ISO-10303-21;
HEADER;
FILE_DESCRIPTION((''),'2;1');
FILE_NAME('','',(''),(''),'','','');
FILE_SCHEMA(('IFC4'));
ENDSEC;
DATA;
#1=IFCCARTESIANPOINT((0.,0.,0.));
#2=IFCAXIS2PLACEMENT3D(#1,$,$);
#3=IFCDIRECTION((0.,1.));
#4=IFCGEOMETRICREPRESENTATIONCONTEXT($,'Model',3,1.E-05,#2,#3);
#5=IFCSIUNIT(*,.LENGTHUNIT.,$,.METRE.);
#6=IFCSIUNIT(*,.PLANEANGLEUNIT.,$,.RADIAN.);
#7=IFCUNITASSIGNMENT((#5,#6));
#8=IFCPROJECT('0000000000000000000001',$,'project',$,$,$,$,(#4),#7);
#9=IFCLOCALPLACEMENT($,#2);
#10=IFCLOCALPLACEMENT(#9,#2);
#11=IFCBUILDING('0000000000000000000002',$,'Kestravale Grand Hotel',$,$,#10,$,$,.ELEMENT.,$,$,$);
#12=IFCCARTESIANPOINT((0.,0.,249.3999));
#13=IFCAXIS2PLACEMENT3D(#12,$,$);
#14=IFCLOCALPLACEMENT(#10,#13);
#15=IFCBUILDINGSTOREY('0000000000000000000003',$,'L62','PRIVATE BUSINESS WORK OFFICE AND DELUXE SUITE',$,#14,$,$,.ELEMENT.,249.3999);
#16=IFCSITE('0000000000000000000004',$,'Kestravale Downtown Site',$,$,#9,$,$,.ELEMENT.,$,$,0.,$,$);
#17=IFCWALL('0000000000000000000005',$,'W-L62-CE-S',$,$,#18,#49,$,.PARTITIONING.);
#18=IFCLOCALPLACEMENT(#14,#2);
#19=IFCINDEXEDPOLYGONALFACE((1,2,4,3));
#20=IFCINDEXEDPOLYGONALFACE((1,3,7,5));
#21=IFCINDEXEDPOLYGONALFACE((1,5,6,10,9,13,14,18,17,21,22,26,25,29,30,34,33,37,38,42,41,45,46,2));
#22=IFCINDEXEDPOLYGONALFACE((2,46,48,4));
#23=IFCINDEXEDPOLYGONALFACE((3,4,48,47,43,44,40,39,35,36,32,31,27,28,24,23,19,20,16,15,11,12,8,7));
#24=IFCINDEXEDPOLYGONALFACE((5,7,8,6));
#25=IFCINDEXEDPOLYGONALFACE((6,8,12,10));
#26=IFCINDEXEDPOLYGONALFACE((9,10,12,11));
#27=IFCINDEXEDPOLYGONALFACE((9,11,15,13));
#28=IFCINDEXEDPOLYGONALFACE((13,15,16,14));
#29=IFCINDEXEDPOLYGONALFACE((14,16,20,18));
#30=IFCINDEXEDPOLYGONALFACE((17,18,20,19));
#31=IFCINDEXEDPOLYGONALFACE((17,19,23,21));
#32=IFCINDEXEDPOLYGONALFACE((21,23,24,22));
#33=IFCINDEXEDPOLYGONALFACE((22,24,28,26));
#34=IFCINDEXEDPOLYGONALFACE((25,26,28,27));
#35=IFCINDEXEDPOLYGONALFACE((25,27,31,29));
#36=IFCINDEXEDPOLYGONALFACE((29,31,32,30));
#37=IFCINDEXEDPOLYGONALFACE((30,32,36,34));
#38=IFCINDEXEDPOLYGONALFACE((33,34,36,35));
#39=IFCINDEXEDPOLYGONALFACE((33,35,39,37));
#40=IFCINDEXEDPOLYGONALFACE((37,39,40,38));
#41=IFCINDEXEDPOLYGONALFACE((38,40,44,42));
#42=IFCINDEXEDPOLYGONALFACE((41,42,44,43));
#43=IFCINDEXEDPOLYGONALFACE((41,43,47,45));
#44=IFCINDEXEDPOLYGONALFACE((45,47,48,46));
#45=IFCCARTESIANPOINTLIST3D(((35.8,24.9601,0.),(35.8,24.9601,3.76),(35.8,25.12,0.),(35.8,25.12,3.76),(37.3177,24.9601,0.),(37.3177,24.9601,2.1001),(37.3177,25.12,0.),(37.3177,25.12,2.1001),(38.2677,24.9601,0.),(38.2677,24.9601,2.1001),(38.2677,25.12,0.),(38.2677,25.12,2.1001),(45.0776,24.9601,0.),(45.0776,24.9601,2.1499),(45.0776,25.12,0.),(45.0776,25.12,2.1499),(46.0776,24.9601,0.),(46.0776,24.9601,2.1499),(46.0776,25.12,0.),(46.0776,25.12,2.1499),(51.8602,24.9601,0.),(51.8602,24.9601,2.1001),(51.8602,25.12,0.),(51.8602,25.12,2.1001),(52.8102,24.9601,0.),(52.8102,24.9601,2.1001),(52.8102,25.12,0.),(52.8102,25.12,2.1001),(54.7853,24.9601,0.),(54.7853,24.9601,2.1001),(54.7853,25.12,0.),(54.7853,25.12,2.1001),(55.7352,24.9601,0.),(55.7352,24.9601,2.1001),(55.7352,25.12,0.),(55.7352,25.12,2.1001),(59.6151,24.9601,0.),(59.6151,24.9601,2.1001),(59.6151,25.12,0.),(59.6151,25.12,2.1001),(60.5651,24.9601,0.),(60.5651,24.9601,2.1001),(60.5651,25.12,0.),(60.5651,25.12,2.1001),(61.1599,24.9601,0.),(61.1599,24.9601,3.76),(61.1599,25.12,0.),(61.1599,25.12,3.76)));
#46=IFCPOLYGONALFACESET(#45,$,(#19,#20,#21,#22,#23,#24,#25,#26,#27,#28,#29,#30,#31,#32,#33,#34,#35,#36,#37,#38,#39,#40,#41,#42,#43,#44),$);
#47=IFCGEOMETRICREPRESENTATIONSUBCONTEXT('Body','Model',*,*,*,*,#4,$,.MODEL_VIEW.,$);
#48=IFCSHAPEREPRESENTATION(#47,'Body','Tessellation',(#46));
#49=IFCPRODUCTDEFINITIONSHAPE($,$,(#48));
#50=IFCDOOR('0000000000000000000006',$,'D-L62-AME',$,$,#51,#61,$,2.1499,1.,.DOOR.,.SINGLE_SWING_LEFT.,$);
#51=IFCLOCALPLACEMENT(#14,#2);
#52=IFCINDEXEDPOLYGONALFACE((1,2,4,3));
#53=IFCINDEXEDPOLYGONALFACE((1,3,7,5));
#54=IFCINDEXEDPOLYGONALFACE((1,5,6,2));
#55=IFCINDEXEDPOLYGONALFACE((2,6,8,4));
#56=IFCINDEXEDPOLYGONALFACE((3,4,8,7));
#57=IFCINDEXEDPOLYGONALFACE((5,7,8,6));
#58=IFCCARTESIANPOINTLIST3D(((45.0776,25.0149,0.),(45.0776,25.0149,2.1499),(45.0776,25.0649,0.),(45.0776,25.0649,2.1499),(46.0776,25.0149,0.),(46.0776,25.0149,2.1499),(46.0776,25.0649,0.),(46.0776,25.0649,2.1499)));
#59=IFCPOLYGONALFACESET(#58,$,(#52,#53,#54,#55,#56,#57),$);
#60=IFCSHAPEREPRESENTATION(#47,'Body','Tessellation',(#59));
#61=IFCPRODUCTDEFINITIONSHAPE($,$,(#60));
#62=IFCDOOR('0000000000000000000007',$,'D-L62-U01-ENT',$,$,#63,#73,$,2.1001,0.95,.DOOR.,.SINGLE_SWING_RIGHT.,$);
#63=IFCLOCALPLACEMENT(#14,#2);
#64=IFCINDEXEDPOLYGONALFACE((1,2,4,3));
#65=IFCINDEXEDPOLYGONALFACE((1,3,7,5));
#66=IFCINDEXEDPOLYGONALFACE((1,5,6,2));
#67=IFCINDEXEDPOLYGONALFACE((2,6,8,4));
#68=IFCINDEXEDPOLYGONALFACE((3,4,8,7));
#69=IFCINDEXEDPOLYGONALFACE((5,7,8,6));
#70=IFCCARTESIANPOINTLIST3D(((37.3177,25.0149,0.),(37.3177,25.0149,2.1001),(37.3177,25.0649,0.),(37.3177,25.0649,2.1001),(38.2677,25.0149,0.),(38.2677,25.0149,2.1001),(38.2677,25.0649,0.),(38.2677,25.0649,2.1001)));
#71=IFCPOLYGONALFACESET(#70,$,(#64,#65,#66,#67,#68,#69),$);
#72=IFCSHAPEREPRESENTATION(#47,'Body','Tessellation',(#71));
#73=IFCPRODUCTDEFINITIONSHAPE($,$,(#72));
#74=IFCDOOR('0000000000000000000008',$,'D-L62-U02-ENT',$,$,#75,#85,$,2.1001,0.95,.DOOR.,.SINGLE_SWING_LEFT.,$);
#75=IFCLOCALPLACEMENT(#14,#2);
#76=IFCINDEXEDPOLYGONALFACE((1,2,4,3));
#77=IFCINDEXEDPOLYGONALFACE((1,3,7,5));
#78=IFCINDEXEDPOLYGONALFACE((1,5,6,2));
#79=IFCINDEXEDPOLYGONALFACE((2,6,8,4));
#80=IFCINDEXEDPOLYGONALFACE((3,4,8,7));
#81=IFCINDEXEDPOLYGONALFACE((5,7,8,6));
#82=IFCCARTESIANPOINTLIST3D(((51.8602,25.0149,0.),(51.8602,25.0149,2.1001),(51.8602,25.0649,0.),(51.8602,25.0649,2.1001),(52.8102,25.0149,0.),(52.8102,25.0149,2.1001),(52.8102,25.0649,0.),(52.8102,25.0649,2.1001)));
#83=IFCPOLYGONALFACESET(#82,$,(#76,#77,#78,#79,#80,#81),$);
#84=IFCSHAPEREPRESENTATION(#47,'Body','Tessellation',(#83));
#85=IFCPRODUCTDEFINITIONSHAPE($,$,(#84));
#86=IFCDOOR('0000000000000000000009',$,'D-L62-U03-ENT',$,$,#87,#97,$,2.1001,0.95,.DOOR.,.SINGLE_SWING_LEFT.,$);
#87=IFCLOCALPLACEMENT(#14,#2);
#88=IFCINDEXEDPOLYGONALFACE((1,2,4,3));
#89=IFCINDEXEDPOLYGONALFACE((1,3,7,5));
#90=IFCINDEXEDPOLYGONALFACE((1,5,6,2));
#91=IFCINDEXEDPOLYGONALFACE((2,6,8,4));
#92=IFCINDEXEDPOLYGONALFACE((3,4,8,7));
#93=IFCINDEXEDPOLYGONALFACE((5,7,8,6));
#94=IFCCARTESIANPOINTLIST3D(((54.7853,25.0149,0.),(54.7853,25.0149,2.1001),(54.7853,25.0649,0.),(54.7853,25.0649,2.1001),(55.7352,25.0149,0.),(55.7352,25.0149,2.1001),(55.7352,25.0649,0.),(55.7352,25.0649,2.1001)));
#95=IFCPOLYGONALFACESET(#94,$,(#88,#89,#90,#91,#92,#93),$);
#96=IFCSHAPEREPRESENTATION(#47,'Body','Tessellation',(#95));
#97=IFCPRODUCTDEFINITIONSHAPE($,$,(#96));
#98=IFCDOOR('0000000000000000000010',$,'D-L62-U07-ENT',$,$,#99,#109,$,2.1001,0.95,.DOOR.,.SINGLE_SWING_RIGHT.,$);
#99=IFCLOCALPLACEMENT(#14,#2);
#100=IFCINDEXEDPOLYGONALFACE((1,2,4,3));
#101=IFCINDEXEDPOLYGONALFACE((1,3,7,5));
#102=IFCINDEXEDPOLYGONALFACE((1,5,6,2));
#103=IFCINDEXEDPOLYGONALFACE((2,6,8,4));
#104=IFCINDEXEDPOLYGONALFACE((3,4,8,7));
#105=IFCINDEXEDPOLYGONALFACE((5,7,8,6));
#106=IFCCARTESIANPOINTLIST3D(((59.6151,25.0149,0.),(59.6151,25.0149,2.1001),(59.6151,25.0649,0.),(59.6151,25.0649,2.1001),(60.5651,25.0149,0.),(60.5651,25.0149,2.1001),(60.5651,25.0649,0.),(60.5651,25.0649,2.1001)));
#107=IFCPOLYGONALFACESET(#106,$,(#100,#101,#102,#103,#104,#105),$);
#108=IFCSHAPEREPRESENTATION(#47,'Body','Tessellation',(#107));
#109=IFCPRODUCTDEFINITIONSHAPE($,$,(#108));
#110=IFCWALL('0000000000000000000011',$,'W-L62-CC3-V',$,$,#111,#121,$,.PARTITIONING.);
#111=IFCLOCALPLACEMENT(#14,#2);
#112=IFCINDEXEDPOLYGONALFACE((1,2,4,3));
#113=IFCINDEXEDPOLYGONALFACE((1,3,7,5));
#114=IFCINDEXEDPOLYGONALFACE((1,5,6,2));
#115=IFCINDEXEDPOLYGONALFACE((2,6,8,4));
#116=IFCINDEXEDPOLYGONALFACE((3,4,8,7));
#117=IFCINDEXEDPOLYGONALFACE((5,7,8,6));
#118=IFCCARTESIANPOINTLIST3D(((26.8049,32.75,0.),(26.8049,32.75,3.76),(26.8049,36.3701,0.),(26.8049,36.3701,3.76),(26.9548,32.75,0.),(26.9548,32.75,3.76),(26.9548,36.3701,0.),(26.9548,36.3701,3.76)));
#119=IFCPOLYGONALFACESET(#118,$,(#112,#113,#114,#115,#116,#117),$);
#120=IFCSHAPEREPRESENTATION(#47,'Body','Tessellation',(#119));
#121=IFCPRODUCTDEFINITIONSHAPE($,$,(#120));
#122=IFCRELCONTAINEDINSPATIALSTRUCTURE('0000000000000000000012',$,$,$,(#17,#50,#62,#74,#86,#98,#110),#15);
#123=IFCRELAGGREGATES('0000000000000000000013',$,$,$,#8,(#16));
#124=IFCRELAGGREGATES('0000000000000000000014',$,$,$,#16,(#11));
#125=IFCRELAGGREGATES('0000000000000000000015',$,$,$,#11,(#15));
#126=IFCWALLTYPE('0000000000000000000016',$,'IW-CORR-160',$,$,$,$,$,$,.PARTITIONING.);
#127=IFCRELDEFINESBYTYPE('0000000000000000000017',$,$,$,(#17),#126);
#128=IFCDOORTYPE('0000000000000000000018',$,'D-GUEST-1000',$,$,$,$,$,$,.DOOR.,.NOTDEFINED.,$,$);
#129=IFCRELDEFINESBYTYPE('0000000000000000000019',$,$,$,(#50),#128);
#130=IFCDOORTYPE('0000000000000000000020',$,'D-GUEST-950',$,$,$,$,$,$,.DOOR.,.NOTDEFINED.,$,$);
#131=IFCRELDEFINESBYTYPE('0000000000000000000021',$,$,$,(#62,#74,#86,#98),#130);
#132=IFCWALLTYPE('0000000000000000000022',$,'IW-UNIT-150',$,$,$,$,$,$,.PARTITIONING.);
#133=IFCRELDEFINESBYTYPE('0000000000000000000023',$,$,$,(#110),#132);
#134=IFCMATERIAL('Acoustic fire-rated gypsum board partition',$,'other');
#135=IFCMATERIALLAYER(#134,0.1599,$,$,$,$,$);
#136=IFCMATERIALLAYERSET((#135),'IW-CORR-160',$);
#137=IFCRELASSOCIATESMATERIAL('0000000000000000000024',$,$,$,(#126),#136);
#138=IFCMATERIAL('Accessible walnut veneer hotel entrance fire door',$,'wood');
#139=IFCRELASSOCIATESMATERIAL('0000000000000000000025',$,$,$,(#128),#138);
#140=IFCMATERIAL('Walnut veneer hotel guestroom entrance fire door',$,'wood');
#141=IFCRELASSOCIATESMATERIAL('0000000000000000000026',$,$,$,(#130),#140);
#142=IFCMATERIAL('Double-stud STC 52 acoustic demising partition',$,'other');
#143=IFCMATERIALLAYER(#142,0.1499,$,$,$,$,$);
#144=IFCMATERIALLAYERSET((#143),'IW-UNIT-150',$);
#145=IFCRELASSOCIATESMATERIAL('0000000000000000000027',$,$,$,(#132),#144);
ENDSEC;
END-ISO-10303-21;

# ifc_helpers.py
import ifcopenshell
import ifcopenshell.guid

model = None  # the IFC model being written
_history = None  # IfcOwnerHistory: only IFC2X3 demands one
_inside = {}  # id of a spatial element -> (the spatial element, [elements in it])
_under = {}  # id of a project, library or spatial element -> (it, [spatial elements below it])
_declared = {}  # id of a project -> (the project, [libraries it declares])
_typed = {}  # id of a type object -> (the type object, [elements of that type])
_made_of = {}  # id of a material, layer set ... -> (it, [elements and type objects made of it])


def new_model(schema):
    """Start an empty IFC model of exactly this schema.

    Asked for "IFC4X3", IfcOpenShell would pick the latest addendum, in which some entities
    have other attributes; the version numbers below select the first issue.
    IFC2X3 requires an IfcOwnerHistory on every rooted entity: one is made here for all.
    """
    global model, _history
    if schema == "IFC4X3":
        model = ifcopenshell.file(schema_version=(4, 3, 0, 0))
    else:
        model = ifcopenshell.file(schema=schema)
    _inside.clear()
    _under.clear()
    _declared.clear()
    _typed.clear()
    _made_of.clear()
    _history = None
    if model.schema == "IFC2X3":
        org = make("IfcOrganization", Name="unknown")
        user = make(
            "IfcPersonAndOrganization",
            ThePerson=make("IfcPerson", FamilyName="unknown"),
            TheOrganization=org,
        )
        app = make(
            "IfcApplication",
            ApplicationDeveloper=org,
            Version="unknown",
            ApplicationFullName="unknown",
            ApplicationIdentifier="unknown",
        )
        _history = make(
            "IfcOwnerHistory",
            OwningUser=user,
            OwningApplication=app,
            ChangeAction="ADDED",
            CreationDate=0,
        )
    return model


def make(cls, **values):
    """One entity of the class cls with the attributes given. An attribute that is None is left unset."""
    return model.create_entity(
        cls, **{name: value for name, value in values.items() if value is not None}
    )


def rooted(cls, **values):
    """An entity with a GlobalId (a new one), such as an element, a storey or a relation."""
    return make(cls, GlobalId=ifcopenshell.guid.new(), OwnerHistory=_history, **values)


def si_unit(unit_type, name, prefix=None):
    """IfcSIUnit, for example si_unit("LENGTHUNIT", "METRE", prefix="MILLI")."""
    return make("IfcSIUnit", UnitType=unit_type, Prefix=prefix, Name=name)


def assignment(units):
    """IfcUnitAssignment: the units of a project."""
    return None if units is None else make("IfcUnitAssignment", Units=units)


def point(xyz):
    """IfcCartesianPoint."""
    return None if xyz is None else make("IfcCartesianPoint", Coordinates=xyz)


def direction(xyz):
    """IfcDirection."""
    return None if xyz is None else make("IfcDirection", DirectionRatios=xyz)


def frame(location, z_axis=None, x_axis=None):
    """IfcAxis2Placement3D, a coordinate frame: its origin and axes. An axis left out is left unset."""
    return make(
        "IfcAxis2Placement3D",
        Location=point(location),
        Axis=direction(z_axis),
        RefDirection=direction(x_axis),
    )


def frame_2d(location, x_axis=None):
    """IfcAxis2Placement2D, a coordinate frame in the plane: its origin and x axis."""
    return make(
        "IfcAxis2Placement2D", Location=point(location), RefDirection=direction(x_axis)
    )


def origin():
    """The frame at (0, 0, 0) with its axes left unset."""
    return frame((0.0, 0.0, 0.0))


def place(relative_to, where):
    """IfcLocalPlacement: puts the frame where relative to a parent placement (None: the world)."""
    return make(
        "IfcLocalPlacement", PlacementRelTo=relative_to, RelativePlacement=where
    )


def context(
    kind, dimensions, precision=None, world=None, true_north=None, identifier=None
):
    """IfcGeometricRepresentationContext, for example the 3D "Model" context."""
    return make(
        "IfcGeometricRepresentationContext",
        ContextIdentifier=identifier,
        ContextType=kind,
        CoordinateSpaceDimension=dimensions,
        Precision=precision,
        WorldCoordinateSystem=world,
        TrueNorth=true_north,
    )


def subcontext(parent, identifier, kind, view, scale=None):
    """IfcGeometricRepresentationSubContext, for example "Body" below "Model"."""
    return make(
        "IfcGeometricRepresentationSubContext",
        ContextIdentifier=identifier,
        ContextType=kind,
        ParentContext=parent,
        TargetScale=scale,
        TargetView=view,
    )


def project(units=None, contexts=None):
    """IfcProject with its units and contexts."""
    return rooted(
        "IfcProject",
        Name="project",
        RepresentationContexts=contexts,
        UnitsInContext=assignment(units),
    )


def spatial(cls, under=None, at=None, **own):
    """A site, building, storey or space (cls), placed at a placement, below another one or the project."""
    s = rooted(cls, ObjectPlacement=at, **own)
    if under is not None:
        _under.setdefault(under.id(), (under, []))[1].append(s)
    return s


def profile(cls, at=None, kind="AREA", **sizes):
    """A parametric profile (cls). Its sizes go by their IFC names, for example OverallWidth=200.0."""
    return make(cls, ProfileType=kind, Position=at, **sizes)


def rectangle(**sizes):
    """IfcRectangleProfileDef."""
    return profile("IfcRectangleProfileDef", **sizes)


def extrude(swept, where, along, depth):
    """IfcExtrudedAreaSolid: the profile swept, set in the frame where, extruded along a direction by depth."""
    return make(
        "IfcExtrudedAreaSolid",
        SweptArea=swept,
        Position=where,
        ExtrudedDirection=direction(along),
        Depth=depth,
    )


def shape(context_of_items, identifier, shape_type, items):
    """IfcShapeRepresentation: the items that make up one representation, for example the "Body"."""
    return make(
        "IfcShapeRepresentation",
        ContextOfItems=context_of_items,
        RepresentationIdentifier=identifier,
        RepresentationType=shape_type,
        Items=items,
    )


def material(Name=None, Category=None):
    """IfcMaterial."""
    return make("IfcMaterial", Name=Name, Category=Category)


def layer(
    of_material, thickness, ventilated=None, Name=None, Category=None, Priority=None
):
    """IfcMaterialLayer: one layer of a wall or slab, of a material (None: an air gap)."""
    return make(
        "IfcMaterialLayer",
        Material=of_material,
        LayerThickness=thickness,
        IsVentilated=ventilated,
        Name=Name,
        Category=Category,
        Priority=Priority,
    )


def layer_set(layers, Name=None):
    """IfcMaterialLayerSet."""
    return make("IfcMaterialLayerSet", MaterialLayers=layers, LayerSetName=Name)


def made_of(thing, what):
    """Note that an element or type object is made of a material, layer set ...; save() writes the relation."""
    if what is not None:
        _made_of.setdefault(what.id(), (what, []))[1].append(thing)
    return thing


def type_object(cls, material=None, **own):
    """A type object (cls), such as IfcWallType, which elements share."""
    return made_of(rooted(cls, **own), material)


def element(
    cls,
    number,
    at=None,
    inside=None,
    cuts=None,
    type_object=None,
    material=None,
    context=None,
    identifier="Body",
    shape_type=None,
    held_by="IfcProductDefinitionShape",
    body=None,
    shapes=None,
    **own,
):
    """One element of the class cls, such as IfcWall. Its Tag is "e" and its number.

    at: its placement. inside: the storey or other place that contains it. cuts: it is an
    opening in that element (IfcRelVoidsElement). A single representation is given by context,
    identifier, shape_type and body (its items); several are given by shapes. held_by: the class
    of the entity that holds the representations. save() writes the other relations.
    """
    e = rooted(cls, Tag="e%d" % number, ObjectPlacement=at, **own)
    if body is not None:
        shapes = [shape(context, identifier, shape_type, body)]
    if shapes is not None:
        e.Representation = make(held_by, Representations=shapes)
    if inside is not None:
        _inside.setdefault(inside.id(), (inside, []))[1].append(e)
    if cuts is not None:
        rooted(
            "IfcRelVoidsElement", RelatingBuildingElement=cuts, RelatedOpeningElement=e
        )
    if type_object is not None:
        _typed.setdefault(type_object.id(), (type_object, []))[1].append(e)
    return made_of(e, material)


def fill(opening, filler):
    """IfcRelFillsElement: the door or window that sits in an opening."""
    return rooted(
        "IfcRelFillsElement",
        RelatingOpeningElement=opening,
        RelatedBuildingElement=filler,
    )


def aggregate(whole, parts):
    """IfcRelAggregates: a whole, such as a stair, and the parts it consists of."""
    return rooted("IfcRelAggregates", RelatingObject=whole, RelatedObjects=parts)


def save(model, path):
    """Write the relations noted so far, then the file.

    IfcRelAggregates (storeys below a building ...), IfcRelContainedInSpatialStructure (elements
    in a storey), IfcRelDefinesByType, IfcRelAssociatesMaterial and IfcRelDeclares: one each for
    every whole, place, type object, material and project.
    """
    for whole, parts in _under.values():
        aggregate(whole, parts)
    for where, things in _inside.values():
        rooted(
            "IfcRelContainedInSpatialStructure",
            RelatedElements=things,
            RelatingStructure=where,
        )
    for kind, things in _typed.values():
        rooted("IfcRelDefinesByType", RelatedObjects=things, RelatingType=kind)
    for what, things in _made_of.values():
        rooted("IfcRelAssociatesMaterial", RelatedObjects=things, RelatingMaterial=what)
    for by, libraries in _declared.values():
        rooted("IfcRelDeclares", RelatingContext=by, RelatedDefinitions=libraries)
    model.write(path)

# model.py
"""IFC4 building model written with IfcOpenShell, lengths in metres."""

from ifc_helpers import new_model, si_unit, direction, frame, frame_2d, origin, place, context, subcontext, project, spatial, rectangle, extrude, material, layer, layer_set, type_object, element, fill, save


model = new_model("IFC4")

# Units and contexts
model_context = context("Model", 3, precision=1e-05, world=origin(), true_north=direction((0.0, 1.0)))
body_context = subcontext(model_context, "Body", "Model", "MODEL_VIEW")
ifc_project = project(units=[si_unit("LENGTHUNIT", "METRE"), si_unit("PLANEANGLEUNIT", "RADIAN")], contexts=[model_context])

# Site, building, storey
site_placement = place(None, origin())
site = spatial("IfcSite", under=ifc_project, at=site_placement, Name="Kestravale Downtown Site", CompositionType="ELEMENT", RefElevation=0.0)
building_placement = place(site_placement, origin())
building = spatial("IfcBuilding", under=site, at=building_placement, Name="Kestravale Grand Hotel", CompositionType="ELEMENT")
storey_placement = place(building_placement, frame((0.0, 0.0, 249.3999)))
storey = spatial("IfcBuildingStorey", under=building, at=storey_placement, Name="L62", Description="PRIVATE BUSINESS WORK OFFICE AND DELUXE SUITE", CompositionType="ELEMENT", Elevation=249.3999)

# Shared definitions
ifc_material_1 = material(Name="Acoustic fire-rated gypsum board partition", Category="other")
ifc_layer_1 = layer(ifc_material_1, 0.1599)
ifc_layer_set_1 = layer_set([ifc_layer_1], Name="IW-CORR-160")
wall_type_1 = type_object("IfcWallType", Name="IW-CORR-160", PredefinedType="PARTITIONING", material=ifc_layer_set_1)

# Shared definitions
ifc_material_2 = material(Name="Accessible walnut veneer hotel entrance fire door", Category="wood")
door_type_1 = type_object("IfcDoorType", Name="D-GUEST-1000", OperationType="NOTDEFINED", PredefinedType="DOOR", material=ifc_material_2)

# Wall, openings, doors
wall_1_placement = place(storey_placement, frame((35.8, 25.04, 0.0), z_axis=(0.0, 0.0, 1.0), x_axis=(1.0, 0.0, 0.0)))
wall_1 = element("IfcWall", 1, at=wall_1_placement, inside=storey, type_object=wall_type_1, Name="W-L62-CE-S", PredefinedType="PARTITIONING", context=body_context, shape_type="SweptSolid", body=[
    extrude(rectangle(XDim=25.3599, YDim=0.1599, at=frame_2d((12.6799, 0.0))), origin(), (0.0, 0.0, 1.0), 3.76),
])
opening_1_placement = place(wall_1_placement, frame((1.5176, 0.0, 0.0)))
opening_1 = element("IfcOpeningElement", 2, at=opening_1_placement, cuts=wall_1, PredefinedType="OPENING", context=body_context, shape_type="SweptSolid", body=[
    extrude(rectangle(XDim=0.95, YDim=2.1001, at=frame_2d((0.4751, 1.05))), frame((0.0, 0.0898, 0.0), z_axis=(0.0, -1.0, 0.0), x_axis=(1.0, 0.0, 0.0)), (0.0, 0.0, 1.0), 0.1799),
])
opening_2_placement = place(wall_1_placement, frame((9.2776, 0.0, 0.0)))
opening_2 = element("IfcOpeningElement", 3, at=opening_2_placement, cuts=wall_1, PredefinedType="OPENING", context=body_context, shape_type="SweptSolid", body=[
    extrude(rectangle(XDim=1.0, YDim=2.1499, at=frame_2d((0.5, 1.075))), frame((0.0, 0.0898, 0.0), z_axis=(0.0, -1.0, 0.0), x_axis=(1.0, 0.0, 0.0)), (0.0, 0.0, 1.0), 0.1799),
])
opening_3_placement = place(wall_1_placement, frame((16.0601, 0.0, 0.0)))
opening_3 = element("IfcOpeningElement", 4, at=opening_3_placement, cuts=wall_1, PredefinedType="OPENING", context=body_context, shape_type="SweptSolid", body=[
    extrude(rectangle(XDim=0.95, YDim=2.1001, at=frame_2d((0.4751, 1.05))), frame((0.0, 0.0898, 0.0), z_axis=(0.0, -1.0, 0.0), x_axis=(1.0, 0.0, 0.0)), (0.0, 0.0, 1.0), 0.1799),
])
opening_4_placement = place(wall_1_placement, frame((18.9851, 0.0, 0.0)))
opening_4 = element("IfcOpeningElement", 5, at=opening_4_placement, cuts=wall_1, PredefinedType="OPENING", context=body_context, shape_type="SweptSolid", body=[
    extrude(rectangle(XDim=0.95, YDim=2.1001, at=frame_2d((0.4751, 1.05))), frame((0.0, 0.0898, 0.0), z_axis=(0.0, -1.0, 0.0), x_axis=(1.0, 0.0, 0.0)), (0.0, 0.0, 1.0), 0.1799),
])
opening_5_placement = place(wall_1_placement, frame((23.8149, 0.0, 0.0)))
opening_5 = element("IfcOpeningElement", 6, at=opening_5_placement, cuts=wall_1, PredefinedType="OPENING", context=body_context, shape_type="SweptSolid", body=[
    extrude(rectangle(XDim=0.95, YDim=2.1001, at=frame_2d((0.4751, 1.05))), frame((0.0, 0.0898, 0.0), z_axis=(0.0, -1.0, 0.0), x_axis=(1.0, 0.0, 0.0)), (0.0, 0.0, 1.0), 0.1799),
])
door_1_placement = place(opening_2_placement, origin())
door_1 = element("IfcDoor", 7, at=door_1_placement, inside=storey, type_object=door_type_1, Name="D-L62-AME", OperationType="SINGLE_SWING_LEFT", OverallHeight=2.1499, OverallWidth=1.0, PredefinedType="DOOR", context=body_context, shape_type="SweptSolid", body=[
    extrude(rectangle(XDim=1.0, YDim=2.1499, at=frame_2d((0.5, 1.075))), frame((0.0, 0.0249, 0.0), z_axis=(0.0, -1.0, 0.0), x_axis=(1.0, 0.0, 0.0)), (0.0, 0.0, 1.0), 0.05),
])
fill(opening_2, door_1)
ifc_material_3 = material(Name="Walnut veneer hotel guestroom entrance fire door", Category="wood")
door_type_2 = type_object("IfcDoorType", Name="D-GUEST-950", OperationType="NOTDEFINED", PredefinedType="DOOR", material=ifc_material_3)
door_2_placement = place(opening_1_placement, origin())
door_2 = element("IfcDoor", 8, at=door_2_placement, inside=storey, type_object=door_type_2, Name="D-L62-U01-ENT", OperationType="SINGLE_SWING_RIGHT", OverallHeight=2.1001, OverallWidth=0.95, PredefinedType="DOOR", context=body_context, shape_type="SweptSolid", body=[
    extrude(rectangle(XDim=0.95, YDim=2.1001, at=frame_2d((0.4751, 1.05))), frame((0.0, 0.0249, 0.0), z_axis=(0.0, -1.0, 0.0), x_axis=(1.0, 0.0, 0.0)), (0.0, 0.0, 1.0), 0.05),
])
fill(opening_1, door_2)
door_3_placement = place(opening_3_placement, origin())
door_3 = element("IfcDoor", 9, at=door_3_placement, inside=storey, type_object=door_type_2, Name="D-L62-U02-ENT", OperationType="SINGLE_SWING_LEFT", OverallHeight=2.1001, OverallWidth=0.95, PredefinedType="DOOR", context=body_context, shape_type="SweptSolid", body=[
    extrude(rectangle(XDim=0.95, YDim=2.1001, at=frame_2d((0.4751, 1.05))), frame((0.0, 0.0249, 0.0), z_axis=(0.0, -1.0, 0.0), x_axis=(1.0, 0.0, 0.0)), (0.0, 0.0, 1.0), 0.05),
])
fill(opening_3, door_3)
door_4_placement = place(opening_4_placement, origin())
door_4 = element("IfcDoor", 10, at=door_4_placement, inside=storey, type_object=door_type_2, Name="D-L62-U03-ENT", OperationType="SINGLE_SWING_LEFT", OverallHeight=2.1001, OverallWidth=0.95, PredefinedType="DOOR", context=body_context, shape_type="SweptSolid", body=[
    extrude(rectangle(XDim=0.95, YDim=2.1001, at=frame_2d((0.4751, 1.05))), frame((0.0, 0.0249, 0.0), z_axis=(0.0, -1.0, 0.0), x_axis=(1.0, 0.0, 0.0)), (0.0, 0.0, 1.0), 0.05),
])
fill(opening_4, door_4)
door_5_placement = place(opening_5_placement, origin())
door_5 = element("IfcDoor", 11, at=door_5_placement, inside=storey, type_object=door_type_2, Name="D-L62-U07-ENT", OperationType="SINGLE_SWING_RIGHT", OverallHeight=2.1001, OverallWidth=0.95, PredefinedType="DOOR", context=body_context, shape_type="SweptSolid", body=[
    extrude(rectangle(XDim=0.95, YDim=2.1001, at=frame_2d((0.4751, 1.05))), frame((0.0, 0.0249, 0.0), z_axis=(0.0, -1.0, 0.0), x_axis=(1.0, 0.0, 0.0)), (0.0, 0.0, 1.0), 0.05),
])
fill(opening_5, door_5)

# Wall
ifc_material_4 = material(Name="Double-stud STC 52 acoustic demising partition", Category="other")
ifc_layer_2 = layer(ifc_material_4, 0.1499)
ifc_layer_set_2 = layer_set([ifc_layer_2], Name="IW-UNIT-150")
wall_type_2 = type_object("IfcWallType", Name="IW-UNIT-150", PredefinedType="PARTITIONING", material=ifc_layer_set_2)
wall_2_placement = place(storey_placement, frame((26.8799, 32.75, 0.0), z_axis=(0.0, 0.0, 1.0), x_axis=(0.0, 1.0, 0.0)))
element("IfcWall", 12, at=wall_2_placement, inside=storey, type_object=wall_type_2, Name="W-L62-CC3-V", PredefinedType="PARTITIONING", context=body_context, shape_type="SweptSolid", body=[
    extrude(rectangle(XDim=3.6201, YDim=0.1499, at=frame_2d((1.8101, 0.0))), origin(), (0.0, 0.0, 1.0), 3.76),
])

save(model, "model.ifc")
